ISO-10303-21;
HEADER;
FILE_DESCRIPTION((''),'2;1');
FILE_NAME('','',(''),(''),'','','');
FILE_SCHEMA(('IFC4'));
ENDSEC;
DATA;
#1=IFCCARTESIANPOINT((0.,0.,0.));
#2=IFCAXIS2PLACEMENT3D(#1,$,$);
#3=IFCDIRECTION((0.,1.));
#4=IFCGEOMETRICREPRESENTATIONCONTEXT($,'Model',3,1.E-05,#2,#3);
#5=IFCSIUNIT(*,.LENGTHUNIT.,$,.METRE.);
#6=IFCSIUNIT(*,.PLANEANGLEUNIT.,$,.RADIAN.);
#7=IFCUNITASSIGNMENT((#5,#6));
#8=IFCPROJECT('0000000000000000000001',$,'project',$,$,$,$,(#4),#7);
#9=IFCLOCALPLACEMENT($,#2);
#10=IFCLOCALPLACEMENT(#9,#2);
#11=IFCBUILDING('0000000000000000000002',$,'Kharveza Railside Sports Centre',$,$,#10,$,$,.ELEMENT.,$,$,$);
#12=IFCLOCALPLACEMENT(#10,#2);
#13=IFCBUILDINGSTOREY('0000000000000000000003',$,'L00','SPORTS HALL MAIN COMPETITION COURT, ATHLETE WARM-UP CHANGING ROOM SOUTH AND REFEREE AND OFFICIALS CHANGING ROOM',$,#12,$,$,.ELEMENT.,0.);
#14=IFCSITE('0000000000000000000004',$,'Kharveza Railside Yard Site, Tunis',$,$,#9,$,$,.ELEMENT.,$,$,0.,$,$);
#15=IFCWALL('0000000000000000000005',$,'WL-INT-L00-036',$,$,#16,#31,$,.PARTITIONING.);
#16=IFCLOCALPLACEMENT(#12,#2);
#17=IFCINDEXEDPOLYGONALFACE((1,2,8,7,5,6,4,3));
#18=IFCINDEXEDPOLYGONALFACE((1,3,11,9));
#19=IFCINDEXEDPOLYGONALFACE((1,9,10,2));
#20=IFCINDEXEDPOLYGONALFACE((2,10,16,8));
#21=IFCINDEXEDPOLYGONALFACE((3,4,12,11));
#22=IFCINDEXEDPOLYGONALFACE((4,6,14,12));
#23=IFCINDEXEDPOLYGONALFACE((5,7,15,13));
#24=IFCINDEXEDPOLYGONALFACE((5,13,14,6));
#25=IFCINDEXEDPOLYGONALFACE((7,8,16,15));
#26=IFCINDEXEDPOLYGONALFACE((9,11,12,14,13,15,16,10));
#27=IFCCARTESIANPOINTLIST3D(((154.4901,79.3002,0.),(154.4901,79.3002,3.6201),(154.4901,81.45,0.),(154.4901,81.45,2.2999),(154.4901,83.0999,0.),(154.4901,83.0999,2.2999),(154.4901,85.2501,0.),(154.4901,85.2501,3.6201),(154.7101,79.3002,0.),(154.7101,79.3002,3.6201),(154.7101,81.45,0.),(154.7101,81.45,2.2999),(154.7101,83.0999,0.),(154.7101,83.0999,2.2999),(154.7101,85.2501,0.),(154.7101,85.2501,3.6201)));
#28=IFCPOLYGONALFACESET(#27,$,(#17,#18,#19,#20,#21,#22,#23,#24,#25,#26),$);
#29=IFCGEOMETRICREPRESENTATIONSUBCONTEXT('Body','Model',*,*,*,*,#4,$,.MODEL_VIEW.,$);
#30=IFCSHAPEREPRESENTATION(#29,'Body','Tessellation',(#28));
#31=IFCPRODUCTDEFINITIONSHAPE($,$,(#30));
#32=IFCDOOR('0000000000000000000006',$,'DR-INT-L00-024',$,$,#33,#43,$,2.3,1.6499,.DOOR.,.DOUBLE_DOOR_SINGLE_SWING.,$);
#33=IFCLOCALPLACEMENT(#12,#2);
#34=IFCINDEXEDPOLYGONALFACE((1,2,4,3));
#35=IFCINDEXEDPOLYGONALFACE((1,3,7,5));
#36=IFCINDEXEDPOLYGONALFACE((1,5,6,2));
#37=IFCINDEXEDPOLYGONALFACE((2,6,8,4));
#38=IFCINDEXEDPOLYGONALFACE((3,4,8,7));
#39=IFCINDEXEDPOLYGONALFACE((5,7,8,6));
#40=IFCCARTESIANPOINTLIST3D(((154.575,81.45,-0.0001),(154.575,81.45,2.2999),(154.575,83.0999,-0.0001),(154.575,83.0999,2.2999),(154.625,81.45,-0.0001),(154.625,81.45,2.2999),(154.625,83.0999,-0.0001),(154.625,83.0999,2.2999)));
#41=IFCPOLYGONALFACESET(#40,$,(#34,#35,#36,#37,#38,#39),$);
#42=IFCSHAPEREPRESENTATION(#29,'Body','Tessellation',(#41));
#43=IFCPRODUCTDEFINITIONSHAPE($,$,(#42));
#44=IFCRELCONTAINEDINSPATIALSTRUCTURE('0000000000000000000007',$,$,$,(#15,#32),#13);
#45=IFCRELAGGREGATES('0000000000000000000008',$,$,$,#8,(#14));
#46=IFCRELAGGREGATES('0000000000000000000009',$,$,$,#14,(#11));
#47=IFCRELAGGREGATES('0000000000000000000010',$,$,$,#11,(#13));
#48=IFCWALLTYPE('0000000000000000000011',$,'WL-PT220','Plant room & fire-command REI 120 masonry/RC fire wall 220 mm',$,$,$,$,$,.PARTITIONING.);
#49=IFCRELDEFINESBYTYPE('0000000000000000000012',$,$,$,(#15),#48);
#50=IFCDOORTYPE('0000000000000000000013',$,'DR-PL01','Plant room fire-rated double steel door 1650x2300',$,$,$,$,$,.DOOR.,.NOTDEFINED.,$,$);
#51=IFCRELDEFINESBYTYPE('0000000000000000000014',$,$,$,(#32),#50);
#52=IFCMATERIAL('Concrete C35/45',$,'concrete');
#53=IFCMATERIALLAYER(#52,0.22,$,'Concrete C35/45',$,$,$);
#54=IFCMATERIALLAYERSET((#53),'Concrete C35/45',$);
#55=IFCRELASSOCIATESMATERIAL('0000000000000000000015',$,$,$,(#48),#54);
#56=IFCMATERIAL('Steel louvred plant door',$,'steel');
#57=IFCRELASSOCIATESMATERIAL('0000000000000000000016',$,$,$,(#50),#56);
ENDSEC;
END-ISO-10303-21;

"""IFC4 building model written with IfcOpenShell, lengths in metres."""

from ifc_helpers import new_model, si_unit, direction, frame, frame_2d, origin, place, context, subcontext, project, spatial, rectangle, extrude, material, layer, layer_set, type_object, element, fill, save


model = new_model("IFC4")

# Units and contexts
model_context = context("Model", 3, precision=1e-05, world=origin(), true_north=direction((0.0, 1.0)))
body_context = subcontext(model_context, "Body", "Model", "MODEL_VIEW")
ifc_project = project(units=[si_unit("LENGTHUNIT", "METRE"), si_unit("PLANEANGLEUNIT", "RADIAN")], contexts=[model_context])

# Site, building, storey
site_placement = place(None, origin())
site = spatial("IfcSite", under=ifc_project, at=site_placement, Name="Kharveza Railside Yard Site, Tunis", CompositionType="ELEMENT", RefElevation=0.0)
building_placement = place(site_placement, origin())
building = spatial("IfcBuilding", under=site, at=building_placement, Name="Kharveza Railside Sports Centre", CompositionType="ELEMENT")
storey_placement = place(building_placement, origin())
storey = spatial("IfcBuildingStorey", under=building, at=storey_placement, Name="L00", Description="SPORTS HALL MAIN COMPETITION COURT, ATHLETE WARM-UP CHANGING ROOM SOUTH AND REFEREE AND OFFICIALS CHANGING ROOM", CompositionType="ELEMENT", Elevation=0.0)

# Shared definitions
ifc_material_1 = material(Name="Concrete C35/45", Category="concrete")

# Shared definitions
ifc_layer_1 = layer(ifc_material_1, 0.22, Name="Concrete C35/45")
ifc_layer_set_1 = layer_set([ifc_layer_1], Name="Concrete C35/45")
wall_type_1 = type_object("IfcWallType", Name="WL-PT220", Description="Plant room & fire-command REI 120 masonry/RC fire wall 220 mm", PredefinedType="PARTITIONING", material=ifc_layer_set_1)

# Wall, opening, door
wall_1_placement = place(storey_placement, frame((154.6001, 79.3, 0.0), z_axis=(0.0, 0.0, 1.0), x_axis=(0.0, 1.0, 0.0)))
wall_1 = element("IfcWall", 1, at=wall_1_placement, inside=storey, type_object=wall_type_1, Name="WL-INT-L00-036", PredefinedType="PARTITIONING", context=body_context, shape_type="SweptSolid", body=[
    extrude(rectangle(XDim=5.95, YDim=0.22, at=frame_2d((2.9751, 0.0))), origin(), (0.0, 0.0, 1.0), 3.6201),
])
opening_placement = place(wall_1_placement, frame((2.1499, 0.0, 0.0)))
opening = element("IfcOpeningElement", 2, at=opening_placement, cuts=wall_1, PredefinedType="OPENING", context=body_context, shape_type="SweptSolid", body=[
    extrude(rectangle(XDim=1.6499, YDim=2.3, at=frame_2d((0.825, 1.1499))), frame((0.0, 0.1348, 0.0), z_axis=(0.0, -1.0, 0.0), x_axis=(1.0, 0.0, 0.0)), (0.0, 0.0, 1.0), 0.2698),
])
ifc_material_2 = material(Name="Steel louvred plant door", Category="steel")
door_type = type_object("IfcDoorType", Name="DR-PL01", Description="Plant room fire-rated double steel door 1650x2300", OperationType="NOTDEFINED", PredefinedType="DOOR", material=ifc_material_2)
door_placement = place(opening_placement, frame((1.6499, 0.0, 0.0), z_axis=(0.0, 0.0, 1.0), x_axis=(-1.0, 0.0, 0.0)))
door = element("IfcDoor", 3, at=door_placement, inside=storey, type_object=door_type, Name="DR-INT-L00-024", OperationType="DOUBLE_DOOR_SINGLE_SWING", OverallHeight=2.3, OverallWidth=1.6499, PredefinedType="DOOR", context=body_context, shape_type="SweptSolid", body=[
    extrude(rectangle(XDim=1.6499, YDim=2.3, at=frame_2d((0.825, 1.1499))), frame((0.0, 0.0249, 0.0), z_axis=(0.0, -1.0, 0.0), x_axis=(1.0, 0.0, 0.0)), (0.0, 0.0, 1.0), 0.05),
])
fill(opening, door)

save(model, "model.ifc")
